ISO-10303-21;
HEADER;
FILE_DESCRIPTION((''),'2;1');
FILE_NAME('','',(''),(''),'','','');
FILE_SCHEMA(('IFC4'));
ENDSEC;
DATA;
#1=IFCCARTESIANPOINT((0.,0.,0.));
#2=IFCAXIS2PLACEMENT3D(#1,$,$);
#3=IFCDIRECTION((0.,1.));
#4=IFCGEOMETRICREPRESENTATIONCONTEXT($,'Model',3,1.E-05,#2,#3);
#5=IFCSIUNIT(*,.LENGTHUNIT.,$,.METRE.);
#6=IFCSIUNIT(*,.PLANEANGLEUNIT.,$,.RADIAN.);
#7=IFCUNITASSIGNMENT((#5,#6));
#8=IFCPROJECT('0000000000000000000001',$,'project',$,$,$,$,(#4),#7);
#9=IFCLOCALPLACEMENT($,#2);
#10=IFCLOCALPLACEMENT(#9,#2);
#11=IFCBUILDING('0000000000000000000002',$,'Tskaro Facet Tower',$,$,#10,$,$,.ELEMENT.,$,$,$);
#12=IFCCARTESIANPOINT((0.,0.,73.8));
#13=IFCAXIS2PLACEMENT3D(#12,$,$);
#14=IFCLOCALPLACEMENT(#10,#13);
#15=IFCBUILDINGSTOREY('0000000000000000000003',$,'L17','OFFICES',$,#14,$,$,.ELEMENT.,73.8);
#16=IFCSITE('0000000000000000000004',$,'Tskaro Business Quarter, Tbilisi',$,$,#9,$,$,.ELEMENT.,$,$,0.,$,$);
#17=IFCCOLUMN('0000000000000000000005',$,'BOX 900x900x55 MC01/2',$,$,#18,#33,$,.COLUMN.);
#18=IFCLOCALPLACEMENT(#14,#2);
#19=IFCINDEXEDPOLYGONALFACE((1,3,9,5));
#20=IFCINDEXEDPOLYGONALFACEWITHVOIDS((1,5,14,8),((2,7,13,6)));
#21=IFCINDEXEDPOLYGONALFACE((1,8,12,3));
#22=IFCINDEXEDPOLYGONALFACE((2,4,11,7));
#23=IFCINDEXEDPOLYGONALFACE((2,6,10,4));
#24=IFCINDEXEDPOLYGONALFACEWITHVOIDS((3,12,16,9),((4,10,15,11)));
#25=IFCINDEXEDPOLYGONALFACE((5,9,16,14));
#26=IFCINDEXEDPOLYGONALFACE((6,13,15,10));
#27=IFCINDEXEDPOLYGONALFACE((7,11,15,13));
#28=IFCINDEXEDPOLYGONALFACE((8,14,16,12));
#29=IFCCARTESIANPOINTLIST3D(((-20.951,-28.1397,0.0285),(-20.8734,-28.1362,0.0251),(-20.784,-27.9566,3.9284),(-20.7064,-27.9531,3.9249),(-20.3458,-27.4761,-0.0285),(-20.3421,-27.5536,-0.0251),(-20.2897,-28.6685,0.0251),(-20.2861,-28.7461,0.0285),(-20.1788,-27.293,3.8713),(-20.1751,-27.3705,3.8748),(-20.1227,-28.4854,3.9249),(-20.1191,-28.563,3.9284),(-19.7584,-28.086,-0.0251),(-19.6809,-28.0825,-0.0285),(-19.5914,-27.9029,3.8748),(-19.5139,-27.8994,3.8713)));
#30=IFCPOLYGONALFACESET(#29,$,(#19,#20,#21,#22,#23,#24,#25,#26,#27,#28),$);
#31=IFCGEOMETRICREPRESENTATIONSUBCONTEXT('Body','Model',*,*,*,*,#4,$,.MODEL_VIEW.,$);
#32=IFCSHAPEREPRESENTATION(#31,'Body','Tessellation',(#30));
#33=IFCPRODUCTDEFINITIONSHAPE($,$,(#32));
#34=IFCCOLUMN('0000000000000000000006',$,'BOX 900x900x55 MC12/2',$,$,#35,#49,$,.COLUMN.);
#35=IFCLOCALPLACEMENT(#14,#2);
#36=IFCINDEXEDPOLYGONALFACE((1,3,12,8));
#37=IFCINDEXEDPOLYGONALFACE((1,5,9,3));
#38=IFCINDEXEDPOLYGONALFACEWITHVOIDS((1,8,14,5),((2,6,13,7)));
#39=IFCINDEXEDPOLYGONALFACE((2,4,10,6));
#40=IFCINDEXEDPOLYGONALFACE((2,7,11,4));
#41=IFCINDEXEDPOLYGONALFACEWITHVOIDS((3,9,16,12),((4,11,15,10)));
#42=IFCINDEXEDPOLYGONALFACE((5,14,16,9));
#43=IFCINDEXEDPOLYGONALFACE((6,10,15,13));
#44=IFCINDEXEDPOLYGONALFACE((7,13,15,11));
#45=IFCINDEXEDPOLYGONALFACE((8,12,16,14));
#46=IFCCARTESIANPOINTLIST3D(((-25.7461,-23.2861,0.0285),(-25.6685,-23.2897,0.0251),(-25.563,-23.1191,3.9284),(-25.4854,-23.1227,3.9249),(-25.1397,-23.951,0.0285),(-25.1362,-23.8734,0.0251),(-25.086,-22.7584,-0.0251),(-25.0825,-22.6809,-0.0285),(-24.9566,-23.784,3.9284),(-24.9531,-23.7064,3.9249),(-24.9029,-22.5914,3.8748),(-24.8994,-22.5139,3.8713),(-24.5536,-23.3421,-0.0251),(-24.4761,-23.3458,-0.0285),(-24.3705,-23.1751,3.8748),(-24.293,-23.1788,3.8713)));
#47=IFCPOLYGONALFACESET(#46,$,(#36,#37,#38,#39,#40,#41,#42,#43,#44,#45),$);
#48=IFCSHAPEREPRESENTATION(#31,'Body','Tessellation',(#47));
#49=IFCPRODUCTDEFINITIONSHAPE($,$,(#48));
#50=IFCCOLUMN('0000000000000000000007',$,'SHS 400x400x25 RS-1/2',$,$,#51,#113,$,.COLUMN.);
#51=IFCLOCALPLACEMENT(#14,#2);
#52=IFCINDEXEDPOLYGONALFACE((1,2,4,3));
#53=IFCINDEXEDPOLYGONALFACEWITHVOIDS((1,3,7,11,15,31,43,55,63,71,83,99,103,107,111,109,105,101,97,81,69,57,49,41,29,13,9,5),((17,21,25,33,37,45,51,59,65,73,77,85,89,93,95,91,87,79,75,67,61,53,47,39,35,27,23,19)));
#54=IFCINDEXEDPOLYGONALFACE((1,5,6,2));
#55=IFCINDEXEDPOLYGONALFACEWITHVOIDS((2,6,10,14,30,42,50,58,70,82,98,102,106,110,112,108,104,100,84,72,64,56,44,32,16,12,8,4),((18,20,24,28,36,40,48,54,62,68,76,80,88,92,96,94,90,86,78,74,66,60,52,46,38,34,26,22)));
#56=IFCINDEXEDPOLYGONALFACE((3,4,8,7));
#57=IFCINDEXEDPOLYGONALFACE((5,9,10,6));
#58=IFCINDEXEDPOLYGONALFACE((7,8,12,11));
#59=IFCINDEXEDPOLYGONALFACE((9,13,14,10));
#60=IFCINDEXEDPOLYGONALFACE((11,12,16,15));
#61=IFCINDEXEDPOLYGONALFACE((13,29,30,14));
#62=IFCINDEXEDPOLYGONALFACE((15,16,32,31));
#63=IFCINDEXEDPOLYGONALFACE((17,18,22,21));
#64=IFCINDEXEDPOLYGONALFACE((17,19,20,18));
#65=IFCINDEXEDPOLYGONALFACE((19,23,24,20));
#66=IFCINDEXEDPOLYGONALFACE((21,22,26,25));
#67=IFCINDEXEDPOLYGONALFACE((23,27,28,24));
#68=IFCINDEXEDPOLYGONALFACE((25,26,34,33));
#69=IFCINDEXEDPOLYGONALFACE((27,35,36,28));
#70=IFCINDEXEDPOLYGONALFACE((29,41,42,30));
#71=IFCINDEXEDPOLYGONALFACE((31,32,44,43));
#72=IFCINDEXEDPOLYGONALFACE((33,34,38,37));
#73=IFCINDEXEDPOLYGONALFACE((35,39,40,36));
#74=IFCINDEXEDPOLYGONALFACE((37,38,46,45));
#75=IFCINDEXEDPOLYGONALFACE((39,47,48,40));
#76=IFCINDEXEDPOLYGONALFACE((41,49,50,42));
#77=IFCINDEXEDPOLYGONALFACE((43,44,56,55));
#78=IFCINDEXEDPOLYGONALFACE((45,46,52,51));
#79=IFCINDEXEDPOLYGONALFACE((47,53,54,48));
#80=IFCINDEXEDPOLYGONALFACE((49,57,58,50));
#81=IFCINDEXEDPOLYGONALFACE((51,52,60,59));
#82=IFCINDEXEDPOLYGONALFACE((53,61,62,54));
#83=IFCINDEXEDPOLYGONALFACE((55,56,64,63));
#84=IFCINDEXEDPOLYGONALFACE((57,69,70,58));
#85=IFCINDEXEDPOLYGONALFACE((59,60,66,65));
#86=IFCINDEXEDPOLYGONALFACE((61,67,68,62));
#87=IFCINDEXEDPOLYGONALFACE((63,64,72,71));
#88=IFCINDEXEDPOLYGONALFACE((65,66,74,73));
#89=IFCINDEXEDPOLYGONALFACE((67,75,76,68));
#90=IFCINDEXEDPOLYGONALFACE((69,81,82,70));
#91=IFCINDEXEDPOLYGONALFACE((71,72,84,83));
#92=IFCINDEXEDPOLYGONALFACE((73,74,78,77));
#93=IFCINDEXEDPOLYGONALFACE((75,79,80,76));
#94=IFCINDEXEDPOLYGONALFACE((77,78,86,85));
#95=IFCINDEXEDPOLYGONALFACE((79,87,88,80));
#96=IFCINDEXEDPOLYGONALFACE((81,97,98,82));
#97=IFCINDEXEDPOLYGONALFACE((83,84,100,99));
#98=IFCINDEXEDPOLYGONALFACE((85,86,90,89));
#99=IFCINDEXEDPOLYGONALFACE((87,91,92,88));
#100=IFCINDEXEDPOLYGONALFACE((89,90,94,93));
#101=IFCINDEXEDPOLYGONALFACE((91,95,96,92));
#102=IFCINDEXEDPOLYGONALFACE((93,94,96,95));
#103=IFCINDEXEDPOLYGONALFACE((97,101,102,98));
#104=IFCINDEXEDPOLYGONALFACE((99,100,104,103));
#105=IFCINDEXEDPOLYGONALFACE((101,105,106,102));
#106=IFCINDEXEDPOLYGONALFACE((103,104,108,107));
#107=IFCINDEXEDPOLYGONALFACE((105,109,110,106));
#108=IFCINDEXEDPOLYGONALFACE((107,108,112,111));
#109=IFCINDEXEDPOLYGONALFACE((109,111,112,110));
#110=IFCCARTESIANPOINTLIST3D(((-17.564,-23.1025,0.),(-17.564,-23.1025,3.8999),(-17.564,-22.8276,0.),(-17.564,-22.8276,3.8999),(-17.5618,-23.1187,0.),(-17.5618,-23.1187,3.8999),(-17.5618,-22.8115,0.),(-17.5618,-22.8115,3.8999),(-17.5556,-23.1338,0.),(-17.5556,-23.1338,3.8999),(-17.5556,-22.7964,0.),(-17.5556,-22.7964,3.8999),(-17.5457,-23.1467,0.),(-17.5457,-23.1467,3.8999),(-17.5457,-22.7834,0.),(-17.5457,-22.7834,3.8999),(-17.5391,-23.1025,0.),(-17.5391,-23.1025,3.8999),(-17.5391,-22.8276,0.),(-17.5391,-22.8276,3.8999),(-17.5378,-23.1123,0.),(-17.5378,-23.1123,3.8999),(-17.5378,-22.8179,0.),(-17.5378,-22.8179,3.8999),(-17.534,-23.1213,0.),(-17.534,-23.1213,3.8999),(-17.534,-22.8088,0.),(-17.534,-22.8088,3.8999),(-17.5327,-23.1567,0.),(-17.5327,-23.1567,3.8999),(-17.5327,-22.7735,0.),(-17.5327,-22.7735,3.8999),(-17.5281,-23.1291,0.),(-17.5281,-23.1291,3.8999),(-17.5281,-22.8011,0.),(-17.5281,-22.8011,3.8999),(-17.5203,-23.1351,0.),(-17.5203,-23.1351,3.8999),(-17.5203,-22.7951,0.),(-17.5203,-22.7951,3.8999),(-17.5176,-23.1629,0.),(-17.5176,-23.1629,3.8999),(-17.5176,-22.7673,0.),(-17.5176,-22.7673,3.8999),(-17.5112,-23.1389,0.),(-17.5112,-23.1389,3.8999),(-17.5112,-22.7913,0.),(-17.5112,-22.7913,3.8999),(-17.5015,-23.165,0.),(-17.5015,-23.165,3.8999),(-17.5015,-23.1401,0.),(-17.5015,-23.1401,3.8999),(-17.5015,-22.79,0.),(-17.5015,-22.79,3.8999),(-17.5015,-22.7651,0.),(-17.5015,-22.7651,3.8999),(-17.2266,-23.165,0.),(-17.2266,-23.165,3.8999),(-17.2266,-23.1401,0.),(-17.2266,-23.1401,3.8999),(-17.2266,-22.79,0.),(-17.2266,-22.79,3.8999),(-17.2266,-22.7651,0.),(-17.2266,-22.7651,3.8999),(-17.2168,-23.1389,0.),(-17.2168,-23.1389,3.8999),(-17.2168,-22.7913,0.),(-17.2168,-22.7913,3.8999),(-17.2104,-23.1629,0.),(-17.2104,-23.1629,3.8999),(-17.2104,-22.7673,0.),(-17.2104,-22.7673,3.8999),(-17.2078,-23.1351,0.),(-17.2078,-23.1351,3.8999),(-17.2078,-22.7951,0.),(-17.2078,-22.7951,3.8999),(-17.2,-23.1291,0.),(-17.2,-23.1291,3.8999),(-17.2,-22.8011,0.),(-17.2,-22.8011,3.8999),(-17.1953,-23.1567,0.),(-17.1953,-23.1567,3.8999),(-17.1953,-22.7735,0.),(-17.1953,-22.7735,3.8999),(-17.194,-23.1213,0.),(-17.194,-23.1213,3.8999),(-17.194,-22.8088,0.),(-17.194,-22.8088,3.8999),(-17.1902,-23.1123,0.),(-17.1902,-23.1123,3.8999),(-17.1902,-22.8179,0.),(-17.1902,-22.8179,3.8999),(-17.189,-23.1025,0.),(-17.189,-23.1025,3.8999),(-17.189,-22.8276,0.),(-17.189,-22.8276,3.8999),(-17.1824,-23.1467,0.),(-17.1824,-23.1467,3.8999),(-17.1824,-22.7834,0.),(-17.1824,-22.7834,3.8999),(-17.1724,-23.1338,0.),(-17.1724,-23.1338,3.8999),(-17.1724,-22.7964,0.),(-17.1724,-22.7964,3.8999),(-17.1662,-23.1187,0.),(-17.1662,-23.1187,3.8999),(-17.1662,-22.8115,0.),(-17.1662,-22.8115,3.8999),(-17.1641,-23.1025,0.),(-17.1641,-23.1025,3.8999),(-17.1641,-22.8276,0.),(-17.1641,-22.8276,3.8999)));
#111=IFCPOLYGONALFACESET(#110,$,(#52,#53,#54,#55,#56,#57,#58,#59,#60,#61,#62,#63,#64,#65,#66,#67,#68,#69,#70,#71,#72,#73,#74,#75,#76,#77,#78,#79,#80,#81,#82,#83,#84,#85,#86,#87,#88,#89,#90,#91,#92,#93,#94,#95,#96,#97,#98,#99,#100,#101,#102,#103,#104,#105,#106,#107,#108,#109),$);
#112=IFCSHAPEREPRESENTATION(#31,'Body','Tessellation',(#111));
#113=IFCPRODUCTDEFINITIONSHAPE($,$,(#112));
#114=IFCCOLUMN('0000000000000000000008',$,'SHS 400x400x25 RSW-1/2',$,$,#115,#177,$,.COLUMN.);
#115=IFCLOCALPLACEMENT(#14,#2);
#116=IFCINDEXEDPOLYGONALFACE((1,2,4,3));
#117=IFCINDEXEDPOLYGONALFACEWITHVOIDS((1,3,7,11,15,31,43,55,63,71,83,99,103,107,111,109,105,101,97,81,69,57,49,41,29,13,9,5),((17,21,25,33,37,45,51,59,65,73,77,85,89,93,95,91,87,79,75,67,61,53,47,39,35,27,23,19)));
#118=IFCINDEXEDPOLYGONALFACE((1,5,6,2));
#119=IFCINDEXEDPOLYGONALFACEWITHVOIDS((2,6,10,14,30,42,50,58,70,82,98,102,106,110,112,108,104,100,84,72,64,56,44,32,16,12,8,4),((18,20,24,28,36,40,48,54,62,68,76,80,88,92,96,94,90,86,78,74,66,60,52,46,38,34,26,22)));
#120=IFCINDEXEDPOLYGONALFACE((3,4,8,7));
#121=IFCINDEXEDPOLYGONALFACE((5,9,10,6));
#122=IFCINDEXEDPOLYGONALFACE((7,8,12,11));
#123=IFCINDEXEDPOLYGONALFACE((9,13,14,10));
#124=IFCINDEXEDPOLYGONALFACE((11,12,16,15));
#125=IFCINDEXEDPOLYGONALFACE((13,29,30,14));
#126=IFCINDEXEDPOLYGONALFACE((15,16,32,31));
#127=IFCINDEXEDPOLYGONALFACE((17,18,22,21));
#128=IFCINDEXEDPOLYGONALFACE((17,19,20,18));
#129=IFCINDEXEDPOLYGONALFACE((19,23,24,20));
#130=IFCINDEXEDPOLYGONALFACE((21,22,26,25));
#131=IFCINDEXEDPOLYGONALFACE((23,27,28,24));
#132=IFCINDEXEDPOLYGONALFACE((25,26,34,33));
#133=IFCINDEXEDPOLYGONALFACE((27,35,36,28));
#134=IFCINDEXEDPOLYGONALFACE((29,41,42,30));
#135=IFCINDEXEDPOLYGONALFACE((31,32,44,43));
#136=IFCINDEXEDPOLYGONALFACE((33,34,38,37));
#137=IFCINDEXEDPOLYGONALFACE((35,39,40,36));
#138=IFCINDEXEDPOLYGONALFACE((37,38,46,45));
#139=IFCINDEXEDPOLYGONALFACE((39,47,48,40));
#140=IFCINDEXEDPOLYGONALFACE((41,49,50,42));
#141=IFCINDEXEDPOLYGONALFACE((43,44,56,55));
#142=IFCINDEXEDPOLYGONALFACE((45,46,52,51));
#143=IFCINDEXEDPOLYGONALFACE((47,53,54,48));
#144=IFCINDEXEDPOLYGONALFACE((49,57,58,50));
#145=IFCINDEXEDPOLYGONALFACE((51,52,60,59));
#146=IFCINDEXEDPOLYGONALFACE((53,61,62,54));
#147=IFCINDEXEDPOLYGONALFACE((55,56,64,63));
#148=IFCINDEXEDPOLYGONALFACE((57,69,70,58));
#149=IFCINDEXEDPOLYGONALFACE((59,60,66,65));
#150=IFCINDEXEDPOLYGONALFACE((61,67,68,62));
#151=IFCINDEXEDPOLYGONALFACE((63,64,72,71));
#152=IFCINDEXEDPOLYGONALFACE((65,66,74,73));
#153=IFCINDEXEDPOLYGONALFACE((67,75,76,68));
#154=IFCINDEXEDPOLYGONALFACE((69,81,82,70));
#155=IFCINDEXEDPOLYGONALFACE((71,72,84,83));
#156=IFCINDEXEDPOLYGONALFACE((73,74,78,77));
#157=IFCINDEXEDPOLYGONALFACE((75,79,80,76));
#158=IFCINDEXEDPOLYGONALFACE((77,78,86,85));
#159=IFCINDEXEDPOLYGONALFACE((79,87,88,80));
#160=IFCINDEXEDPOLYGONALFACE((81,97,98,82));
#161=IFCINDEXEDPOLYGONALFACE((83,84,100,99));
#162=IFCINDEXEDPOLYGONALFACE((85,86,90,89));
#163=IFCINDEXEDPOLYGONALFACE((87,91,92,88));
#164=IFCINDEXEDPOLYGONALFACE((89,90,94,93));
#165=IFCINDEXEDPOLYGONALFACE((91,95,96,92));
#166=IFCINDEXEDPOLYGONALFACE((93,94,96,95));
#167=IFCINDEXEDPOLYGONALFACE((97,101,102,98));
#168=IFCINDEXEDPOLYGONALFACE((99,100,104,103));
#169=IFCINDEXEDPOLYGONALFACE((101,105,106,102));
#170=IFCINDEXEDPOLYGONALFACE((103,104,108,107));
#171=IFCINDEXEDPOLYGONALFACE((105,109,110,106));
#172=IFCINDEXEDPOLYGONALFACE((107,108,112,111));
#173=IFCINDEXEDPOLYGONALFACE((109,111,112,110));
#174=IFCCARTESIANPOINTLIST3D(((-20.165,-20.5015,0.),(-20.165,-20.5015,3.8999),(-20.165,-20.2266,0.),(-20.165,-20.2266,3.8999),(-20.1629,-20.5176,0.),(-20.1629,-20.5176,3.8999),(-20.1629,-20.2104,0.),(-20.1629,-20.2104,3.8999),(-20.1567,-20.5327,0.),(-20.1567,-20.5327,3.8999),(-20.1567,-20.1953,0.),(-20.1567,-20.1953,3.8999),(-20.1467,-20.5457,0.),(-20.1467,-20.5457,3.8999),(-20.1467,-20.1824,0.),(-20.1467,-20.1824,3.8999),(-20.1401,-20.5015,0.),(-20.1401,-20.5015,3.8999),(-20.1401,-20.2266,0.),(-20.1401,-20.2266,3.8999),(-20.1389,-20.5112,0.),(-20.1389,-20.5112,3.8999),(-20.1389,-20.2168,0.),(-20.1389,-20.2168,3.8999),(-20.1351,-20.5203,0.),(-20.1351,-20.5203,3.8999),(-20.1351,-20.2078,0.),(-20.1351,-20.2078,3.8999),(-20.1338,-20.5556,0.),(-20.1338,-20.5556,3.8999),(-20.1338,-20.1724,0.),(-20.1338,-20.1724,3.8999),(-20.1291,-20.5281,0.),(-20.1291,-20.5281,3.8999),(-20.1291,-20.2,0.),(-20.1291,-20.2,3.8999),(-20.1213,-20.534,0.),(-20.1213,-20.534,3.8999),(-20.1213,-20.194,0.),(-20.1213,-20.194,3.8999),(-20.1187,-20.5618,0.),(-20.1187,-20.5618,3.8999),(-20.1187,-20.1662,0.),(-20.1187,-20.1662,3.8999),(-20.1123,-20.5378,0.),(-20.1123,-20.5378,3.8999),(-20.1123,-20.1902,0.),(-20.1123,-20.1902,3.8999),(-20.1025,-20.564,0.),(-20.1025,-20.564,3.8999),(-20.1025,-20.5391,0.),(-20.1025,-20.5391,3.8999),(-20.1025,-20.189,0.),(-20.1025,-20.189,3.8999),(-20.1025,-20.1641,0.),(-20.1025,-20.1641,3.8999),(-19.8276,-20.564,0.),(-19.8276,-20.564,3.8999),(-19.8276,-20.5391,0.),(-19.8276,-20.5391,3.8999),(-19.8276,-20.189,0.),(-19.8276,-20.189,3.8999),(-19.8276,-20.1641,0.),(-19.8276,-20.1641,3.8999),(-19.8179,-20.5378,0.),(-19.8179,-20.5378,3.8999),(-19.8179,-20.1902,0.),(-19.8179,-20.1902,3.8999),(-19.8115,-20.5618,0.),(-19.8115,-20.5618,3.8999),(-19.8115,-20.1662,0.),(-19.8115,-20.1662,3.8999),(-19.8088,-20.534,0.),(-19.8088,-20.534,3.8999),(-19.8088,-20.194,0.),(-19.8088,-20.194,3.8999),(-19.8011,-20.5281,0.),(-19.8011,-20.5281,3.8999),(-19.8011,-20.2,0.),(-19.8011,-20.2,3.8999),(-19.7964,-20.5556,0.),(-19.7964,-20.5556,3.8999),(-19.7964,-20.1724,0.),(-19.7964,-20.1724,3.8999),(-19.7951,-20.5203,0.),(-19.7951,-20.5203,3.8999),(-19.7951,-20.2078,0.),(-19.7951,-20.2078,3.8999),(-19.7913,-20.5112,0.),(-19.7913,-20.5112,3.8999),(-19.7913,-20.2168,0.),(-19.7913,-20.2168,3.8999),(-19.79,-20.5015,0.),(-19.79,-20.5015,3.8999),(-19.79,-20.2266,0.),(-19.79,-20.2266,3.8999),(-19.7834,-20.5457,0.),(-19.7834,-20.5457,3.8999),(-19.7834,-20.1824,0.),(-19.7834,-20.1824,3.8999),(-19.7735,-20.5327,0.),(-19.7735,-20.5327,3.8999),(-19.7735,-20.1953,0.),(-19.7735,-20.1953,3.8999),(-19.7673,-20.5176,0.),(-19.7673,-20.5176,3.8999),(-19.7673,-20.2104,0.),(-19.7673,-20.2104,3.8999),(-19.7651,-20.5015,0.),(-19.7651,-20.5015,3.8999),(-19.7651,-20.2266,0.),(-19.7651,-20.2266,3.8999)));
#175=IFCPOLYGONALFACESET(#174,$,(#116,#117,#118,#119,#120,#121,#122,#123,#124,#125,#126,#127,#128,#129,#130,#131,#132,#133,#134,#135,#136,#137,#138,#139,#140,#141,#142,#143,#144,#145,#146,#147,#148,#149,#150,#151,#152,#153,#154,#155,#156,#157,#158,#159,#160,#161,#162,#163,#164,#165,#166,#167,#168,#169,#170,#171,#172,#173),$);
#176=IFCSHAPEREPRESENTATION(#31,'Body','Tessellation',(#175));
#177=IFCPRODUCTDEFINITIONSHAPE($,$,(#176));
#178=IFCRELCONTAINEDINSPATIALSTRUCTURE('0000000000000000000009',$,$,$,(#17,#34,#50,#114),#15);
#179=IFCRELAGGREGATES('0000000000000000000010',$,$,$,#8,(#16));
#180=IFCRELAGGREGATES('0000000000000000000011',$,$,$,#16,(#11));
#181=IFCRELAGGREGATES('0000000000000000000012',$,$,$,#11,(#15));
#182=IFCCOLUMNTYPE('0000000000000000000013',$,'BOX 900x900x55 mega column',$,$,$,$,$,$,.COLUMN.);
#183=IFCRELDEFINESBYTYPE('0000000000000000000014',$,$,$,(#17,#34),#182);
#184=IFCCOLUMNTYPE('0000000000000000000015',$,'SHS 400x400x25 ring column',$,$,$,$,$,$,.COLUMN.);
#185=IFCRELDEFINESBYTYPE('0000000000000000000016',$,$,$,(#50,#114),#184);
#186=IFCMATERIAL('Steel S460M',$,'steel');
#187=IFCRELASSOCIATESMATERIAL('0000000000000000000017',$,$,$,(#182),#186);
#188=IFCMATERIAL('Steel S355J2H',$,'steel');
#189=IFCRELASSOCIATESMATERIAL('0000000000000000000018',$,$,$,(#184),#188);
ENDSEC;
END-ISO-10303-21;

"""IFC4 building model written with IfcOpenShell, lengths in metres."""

from ifc_helpers import new_model, si_unit, direction, frame, origin, origin_2d, place, context, subcontext, project, spatial, hollow_rectangle, extrude, material, material_profile, profile_set, type_object, element, save


model = new_model("IFC4")

# Units and contexts
model_context = context("Model", 3, precision=1e-05, world=origin(), true_north=direction((0.0, 1.0)))
body_context = subcontext(model_context, "Body", "Model", "MODEL_VIEW")
ifc_project = project(units=[si_unit("LENGTHUNIT", "METRE"), si_unit("PLANEANGLEUNIT", "RADIAN")], contexts=[model_context])

# Site, building, storey
site_placement = place(None, origin())
site = spatial("IfcSite", under=ifc_project, at=site_placement, Name="Tskaro Business Quarter, Tbilisi", CompositionType="ELEMENT", RefElevation=0.0)
building_placement = place(site_placement, origin())
building = spatial("IfcBuilding", under=site, at=building_placement, Name="Tskaro Facet Tower", CompositionType="ELEMENT")
storey_placement = place(building_placement, frame((0.0, 0.0, 73.8)))
storey = spatial("IfcBuildingStorey", under=building, at=storey_placement, Name="L17", Description="OFFICES", CompositionType="ELEMENT", Elevation=73.8)

# Columns
ifc_material_1 = material(Name="Steel S460M", Category="steel")
ifc_material_profile_1 = material_profile(ifc_material_1, hollow_rectangle(XDim=0.8999, YDim=0.8999, WallThickness=0.0549, at=origin_2d()), Name="BOX 900x900x55")
ifc_profile_set_1 = profile_set([ifc_material_profile_1], Name="Steel S460M")
column_type_1 = type_object("IfcColumnType", Name="BOX 900x900x55 mega column", PredefinedType="COLUMN", material=ifc_profile_set_1)
for number, where, z_axis, x_axis, name in (
    (1, (-20.3159, -28.1111, 0.0), (0.042733, 0.046857, 0.997987), (-0.738869, 0.673849, 0.0), "BOX 900x900x55 MC01/2"),
    (2, (-25.1111, -23.3159, 0.0), (0.046857, 0.042733, 0.997987), (-0.673849, 0.738869, 0.0), "BOX 900x900x55 MC12/2"),
):
    element("IfcColumn", number, at=place(storey_placement, frame(where, z_axis=z_axis, x_axis=x_axis)), inside=storey, type_object=column_type_1, Name=name, PredefinedType="COLUMN", context=body_context, shape_type="SweptSolid", body=[
        extrude(hollow_rectangle(XDim=0.8999, YDim=0.8999, WallThickness=0.0549, at=origin_2d()), origin(), (0.0, 0.0, 1.0), 3.9077),
    ])
ifc_material_2 = material(Name="Steel S355J2H", Category="steel")
ifc_material_profile_2 = material_profile(ifc_material_2, hollow_rectangle(XDim=0.3999, YDim=0.3999, WallThickness=0.0249, InnerFilletRadius=0.0376, OuterFilletRadius=0.0625, at=origin_2d()), Name="SHS 400x400x25")
ifc_profile_set_2 = profile_set([ifc_material_profile_2], Name="Steel S355J2H")
column_type_2 = type_object("IfcColumnType", Name="SHS 400x400x25 ring column", PredefinedType="COLUMN", material=ifc_profile_set_2)
for number, where, z_axis, x_axis, name in (
    (3, (-17.364, -22.9651, 0.0), (0.0, 0.0, 1.0), (1.0, 0.0, 0.0), "SHS 400x400x25 RS-1/2"),
    (4, (-19.9651, -20.364, 0.0), (0.0, 0.0, 1.0), (1.0, 0.0, 0.0), "SHS 400x400x25 RSW-1/2"),
):
    element("IfcColumn", number, at=place(storey_placement, frame(where, z_axis=z_axis, x_axis=x_axis)), inside=storey, type_object=column_type_2, Name=name, PredefinedType="COLUMN", context=body_context, shape_type="SweptSolid", body=[
        extrude(hollow_rectangle(XDim=0.3999, YDim=0.3999, WallThickness=0.0249, InnerFilletRadius=0.0376, OuterFilletRadius=0.0625, at=origin_2d()), origin(), (0.0, 0.0, 1.0), 3.8999),
    ])

save(model, "model.ifc")
